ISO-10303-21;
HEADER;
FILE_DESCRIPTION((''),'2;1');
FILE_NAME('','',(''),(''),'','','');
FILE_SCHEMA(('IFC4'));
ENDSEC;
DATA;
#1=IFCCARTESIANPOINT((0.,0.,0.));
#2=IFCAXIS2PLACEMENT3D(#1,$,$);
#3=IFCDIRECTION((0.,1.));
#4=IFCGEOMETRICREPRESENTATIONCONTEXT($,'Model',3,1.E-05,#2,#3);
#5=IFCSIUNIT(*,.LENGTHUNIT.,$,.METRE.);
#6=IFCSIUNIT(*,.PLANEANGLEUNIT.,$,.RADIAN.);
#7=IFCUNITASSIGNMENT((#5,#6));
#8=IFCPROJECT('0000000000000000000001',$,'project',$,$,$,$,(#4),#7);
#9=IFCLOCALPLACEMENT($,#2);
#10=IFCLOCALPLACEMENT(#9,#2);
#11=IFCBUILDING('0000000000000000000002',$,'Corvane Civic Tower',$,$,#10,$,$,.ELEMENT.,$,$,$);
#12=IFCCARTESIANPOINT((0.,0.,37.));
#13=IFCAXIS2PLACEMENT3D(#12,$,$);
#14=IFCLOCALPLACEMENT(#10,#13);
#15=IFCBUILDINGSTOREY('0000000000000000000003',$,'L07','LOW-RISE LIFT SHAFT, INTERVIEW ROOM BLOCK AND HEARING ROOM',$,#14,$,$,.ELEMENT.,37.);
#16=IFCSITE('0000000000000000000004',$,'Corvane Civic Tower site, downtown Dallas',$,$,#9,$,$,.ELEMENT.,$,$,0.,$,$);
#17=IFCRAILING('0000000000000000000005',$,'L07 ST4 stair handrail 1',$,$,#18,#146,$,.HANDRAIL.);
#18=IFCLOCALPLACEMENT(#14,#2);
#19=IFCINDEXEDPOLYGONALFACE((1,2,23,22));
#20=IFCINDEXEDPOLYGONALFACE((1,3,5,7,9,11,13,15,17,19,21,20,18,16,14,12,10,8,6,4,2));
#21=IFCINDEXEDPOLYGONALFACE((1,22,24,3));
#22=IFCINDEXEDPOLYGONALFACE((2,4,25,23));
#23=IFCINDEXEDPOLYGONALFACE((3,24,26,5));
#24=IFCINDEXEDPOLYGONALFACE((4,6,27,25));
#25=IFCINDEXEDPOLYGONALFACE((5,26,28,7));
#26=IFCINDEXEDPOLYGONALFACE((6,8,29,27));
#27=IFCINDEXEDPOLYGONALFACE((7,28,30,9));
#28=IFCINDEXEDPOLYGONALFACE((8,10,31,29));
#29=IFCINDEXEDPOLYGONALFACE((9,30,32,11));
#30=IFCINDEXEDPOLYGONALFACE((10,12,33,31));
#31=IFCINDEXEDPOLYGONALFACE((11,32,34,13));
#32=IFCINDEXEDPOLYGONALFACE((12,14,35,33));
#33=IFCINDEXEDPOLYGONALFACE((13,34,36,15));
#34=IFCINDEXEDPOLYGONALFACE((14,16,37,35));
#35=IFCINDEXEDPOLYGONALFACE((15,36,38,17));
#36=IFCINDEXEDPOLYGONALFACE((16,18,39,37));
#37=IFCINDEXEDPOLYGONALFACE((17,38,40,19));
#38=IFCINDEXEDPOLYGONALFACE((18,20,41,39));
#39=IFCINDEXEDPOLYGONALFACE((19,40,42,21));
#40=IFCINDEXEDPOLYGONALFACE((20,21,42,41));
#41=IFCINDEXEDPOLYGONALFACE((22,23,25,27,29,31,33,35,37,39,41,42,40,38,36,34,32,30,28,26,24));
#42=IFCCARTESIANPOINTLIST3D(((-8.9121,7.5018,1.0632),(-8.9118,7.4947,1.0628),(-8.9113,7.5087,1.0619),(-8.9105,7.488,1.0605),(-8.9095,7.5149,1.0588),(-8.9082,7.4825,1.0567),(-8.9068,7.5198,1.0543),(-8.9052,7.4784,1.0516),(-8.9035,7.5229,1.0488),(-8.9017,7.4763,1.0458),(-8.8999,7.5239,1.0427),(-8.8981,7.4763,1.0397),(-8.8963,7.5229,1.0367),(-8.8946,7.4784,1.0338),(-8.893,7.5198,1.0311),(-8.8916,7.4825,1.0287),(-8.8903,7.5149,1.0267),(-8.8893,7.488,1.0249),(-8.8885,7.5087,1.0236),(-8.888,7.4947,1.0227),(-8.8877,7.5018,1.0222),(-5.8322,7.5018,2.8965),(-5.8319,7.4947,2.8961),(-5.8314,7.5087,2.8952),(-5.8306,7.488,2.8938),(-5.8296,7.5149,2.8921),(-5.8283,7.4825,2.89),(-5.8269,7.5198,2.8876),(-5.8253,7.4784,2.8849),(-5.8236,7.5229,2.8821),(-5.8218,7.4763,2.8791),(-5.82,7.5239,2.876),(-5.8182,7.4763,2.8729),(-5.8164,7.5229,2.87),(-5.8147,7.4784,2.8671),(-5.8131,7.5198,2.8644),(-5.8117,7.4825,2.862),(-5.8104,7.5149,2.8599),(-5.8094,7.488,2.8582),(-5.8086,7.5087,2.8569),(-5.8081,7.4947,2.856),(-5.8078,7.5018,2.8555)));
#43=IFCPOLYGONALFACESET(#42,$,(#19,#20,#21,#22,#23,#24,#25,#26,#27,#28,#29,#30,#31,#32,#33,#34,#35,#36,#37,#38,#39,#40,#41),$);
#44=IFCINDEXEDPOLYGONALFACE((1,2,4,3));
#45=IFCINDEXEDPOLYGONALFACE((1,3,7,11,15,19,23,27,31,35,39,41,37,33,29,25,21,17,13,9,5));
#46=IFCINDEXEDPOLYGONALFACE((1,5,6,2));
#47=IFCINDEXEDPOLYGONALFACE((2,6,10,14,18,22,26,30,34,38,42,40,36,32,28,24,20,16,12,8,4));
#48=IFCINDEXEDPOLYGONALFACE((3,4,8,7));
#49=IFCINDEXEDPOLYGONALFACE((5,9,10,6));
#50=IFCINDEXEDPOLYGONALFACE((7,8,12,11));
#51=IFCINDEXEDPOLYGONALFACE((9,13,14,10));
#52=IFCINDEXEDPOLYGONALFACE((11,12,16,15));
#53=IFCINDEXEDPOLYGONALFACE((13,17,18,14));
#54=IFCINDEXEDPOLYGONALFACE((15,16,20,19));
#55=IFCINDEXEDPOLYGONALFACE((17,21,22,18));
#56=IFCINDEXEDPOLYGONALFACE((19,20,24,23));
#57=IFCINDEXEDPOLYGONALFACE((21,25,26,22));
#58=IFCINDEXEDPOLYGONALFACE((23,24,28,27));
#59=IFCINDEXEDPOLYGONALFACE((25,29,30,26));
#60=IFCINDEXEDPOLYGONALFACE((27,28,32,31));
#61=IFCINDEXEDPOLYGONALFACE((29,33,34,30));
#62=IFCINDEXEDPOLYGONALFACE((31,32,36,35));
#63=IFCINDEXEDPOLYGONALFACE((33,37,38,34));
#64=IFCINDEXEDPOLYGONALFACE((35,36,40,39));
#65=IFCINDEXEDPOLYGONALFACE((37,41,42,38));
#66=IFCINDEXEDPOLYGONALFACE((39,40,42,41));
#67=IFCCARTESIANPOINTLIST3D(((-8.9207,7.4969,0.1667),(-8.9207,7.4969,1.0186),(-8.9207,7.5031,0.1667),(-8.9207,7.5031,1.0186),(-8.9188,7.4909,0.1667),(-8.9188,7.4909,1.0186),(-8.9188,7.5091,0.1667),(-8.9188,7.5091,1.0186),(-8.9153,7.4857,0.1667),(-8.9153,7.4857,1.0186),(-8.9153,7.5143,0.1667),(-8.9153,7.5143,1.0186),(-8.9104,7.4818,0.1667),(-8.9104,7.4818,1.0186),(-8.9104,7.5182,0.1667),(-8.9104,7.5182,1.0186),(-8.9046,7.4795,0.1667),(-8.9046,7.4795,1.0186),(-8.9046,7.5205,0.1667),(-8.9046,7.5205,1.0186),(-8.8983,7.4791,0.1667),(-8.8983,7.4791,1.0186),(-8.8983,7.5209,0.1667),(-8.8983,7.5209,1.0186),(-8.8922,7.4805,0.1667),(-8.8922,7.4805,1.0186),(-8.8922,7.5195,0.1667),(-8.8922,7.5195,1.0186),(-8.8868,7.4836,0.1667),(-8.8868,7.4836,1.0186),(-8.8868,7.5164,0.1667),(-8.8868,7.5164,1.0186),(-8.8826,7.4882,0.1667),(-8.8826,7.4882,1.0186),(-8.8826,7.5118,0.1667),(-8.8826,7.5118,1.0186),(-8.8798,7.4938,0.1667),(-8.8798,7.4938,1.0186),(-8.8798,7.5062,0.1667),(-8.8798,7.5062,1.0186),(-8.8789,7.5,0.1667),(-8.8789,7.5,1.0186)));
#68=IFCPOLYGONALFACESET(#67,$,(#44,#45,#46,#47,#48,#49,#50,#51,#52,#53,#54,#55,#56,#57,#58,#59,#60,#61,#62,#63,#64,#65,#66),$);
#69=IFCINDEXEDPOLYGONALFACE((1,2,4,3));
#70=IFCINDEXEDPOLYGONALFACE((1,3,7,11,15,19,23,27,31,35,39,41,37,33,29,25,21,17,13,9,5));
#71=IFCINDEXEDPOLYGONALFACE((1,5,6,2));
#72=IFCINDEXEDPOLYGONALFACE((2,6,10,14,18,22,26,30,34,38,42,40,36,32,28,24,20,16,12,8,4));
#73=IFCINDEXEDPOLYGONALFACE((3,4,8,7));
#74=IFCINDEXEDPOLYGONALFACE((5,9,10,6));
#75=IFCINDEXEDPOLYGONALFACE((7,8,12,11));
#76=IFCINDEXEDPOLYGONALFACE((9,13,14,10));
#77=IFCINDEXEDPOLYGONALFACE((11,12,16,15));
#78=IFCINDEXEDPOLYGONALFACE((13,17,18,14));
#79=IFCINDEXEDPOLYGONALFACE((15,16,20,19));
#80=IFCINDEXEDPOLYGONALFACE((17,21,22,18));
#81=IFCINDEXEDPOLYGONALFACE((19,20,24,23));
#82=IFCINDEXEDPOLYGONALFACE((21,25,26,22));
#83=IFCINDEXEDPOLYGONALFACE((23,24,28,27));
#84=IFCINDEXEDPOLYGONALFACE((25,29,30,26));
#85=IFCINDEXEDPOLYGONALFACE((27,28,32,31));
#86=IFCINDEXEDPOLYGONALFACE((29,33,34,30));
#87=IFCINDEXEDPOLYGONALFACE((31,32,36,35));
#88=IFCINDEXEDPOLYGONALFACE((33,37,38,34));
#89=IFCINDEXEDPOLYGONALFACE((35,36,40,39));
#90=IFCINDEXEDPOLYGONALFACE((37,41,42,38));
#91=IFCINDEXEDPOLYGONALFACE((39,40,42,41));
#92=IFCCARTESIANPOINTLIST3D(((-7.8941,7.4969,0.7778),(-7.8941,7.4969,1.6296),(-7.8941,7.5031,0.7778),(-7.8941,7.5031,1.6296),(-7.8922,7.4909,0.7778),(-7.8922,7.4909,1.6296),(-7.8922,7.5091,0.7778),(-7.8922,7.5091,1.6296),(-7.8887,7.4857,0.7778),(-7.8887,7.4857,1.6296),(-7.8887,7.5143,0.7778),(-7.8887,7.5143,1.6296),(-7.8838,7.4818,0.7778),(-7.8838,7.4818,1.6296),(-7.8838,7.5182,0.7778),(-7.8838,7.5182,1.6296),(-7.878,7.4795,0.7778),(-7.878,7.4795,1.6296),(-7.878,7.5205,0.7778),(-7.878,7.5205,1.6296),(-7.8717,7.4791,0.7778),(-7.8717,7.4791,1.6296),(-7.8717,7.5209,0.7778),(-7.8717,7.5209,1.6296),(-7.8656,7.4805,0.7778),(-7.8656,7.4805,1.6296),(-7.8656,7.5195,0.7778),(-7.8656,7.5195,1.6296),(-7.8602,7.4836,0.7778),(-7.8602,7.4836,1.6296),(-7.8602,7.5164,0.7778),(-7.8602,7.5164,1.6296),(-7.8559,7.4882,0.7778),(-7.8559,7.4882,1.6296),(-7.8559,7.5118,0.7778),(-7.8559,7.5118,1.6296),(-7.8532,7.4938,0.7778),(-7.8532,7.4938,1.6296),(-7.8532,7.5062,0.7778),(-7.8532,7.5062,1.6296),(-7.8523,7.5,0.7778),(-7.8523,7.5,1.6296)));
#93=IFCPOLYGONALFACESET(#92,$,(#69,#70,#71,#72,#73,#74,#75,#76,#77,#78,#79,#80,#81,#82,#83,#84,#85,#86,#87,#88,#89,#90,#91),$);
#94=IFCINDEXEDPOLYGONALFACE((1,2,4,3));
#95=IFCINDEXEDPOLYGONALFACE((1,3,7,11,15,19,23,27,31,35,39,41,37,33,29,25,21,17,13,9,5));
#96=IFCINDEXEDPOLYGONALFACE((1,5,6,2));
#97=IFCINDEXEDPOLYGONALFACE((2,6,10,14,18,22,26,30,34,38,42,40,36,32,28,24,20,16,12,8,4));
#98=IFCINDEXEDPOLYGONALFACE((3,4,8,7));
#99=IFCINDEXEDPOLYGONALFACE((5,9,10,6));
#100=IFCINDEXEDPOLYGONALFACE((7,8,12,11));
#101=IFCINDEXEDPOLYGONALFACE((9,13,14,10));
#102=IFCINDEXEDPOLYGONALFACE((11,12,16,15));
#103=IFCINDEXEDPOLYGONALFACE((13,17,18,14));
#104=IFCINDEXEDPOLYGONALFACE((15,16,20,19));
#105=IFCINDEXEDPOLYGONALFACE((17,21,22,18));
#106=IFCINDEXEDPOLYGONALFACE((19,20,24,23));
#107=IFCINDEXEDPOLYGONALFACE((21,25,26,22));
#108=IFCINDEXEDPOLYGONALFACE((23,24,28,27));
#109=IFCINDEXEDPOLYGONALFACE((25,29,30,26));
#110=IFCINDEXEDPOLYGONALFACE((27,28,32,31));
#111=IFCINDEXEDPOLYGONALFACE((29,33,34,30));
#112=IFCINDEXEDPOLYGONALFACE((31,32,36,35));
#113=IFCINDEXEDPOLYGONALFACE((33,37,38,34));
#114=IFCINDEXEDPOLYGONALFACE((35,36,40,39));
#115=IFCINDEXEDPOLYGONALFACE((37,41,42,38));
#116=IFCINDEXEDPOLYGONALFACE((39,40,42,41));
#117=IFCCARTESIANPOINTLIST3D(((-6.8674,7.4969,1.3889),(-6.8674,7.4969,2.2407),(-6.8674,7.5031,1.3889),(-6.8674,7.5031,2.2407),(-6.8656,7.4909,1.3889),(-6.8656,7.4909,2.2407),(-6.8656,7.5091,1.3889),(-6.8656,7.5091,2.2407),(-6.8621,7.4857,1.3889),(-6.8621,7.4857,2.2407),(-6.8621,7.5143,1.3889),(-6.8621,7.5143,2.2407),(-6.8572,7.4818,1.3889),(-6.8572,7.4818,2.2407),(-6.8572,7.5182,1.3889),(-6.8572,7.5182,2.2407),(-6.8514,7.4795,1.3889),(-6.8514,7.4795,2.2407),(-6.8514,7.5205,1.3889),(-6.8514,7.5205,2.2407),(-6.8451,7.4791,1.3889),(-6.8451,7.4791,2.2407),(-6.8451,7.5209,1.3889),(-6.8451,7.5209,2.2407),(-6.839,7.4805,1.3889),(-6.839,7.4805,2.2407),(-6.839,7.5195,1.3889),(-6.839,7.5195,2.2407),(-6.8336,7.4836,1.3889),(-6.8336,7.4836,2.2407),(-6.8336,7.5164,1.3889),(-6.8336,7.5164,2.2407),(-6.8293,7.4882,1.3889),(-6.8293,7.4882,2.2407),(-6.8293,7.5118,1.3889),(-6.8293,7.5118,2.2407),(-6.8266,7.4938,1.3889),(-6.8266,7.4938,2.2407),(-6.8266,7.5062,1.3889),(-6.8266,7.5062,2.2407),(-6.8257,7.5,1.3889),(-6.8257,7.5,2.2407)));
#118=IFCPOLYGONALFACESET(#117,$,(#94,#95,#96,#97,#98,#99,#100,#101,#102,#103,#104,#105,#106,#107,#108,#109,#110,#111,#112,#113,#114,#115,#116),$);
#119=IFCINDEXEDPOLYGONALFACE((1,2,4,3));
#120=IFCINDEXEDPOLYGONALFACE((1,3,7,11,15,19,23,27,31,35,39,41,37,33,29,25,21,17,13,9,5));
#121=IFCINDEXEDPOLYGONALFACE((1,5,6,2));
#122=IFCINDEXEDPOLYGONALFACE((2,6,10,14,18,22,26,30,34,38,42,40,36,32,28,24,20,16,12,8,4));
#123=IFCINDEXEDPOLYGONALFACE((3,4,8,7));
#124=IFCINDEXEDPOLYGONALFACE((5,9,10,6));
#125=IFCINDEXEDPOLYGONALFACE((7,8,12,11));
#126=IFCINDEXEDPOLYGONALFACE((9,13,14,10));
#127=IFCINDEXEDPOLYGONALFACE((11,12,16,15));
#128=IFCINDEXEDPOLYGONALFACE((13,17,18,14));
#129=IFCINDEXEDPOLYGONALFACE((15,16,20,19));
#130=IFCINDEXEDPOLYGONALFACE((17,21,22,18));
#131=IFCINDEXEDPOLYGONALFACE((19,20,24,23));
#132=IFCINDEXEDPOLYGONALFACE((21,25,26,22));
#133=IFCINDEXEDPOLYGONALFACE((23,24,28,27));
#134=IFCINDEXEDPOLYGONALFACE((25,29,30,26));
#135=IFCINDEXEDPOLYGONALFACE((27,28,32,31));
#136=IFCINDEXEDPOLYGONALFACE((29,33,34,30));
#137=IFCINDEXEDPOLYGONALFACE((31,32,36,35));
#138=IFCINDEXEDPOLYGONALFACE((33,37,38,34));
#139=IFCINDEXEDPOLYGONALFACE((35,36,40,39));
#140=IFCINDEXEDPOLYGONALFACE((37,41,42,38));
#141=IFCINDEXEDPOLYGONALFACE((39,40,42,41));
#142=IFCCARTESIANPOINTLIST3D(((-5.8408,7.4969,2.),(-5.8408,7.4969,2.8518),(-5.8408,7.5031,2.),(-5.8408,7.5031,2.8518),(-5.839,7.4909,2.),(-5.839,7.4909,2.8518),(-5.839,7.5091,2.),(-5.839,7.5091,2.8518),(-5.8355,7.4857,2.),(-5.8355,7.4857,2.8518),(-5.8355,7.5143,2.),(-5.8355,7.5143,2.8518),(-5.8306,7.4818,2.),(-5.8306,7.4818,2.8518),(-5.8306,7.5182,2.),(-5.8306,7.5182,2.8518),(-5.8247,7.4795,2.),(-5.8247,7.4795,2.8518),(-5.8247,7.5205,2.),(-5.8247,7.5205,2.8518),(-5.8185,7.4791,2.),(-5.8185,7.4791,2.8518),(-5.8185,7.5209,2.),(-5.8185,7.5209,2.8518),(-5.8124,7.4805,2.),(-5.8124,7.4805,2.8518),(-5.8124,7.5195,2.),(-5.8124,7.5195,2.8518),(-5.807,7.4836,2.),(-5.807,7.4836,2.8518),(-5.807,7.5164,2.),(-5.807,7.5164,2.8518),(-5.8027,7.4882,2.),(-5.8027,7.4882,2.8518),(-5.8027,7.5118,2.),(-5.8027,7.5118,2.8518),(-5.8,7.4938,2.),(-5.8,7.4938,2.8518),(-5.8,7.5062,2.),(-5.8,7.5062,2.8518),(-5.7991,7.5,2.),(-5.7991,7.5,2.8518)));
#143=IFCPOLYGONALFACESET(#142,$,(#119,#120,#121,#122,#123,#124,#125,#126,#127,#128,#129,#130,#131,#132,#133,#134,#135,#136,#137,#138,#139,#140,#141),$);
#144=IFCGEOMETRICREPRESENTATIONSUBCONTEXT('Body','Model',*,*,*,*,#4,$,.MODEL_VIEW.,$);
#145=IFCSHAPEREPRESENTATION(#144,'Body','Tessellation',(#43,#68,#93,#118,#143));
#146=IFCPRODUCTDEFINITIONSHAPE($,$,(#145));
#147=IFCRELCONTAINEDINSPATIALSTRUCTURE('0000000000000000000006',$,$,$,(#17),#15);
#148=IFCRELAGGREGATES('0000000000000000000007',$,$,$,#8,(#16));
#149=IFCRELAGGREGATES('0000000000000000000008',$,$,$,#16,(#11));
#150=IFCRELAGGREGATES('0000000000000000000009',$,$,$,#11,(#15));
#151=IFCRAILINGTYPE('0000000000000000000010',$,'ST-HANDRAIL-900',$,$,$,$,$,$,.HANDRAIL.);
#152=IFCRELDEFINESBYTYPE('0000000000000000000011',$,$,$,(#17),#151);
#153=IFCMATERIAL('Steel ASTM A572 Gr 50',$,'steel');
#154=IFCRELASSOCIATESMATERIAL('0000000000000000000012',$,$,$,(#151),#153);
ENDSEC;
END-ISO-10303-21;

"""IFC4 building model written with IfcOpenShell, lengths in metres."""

from ifc_helpers import new_model, si_unit, direction, frame, origin, origin_2d, place, context, subcontext, project, spatial, circle, extrude, material, type_object, element, save


model = new_model("IFC4")

# Units and contexts
model_context = context("Model", 3, precision=1e-05, world=origin(), true_north=direction((0.0, 1.0)))
body_context = subcontext(model_context, "Body", "Model", "MODEL_VIEW")
ifc_project = project(units=[si_unit("LENGTHUNIT", "METRE"), si_unit("PLANEANGLEUNIT", "RADIAN")], contexts=[model_context])

# Site, building, storey
site_placement = place(None, origin())
site = spatial("IfcSite", under=ifc_project, at=site_placement, Name="Corvane Civic Tower site, downtown Dallas", CompositionType="ELEMENT", RefElevation=0.0)
building_placement = place(site_placement, origin())
building = spatial("IfcBuilding", under=site, at=building_placement, Name="Corvane Civic Tower", CompositionType="ELEMENT")
storey_placement = place(building_placement, frame((0.0, 0.0, 37.0)))
storey = spatial("IfcBuildingStorey", under=building, at=storey_placement, Name="L07", Description="LOW-RISE LIFT SHAFT, INTERVIEW ROOM BLOCK AND HEARING ROOM", CompositionType="ELEMENT", Elevation=37.0)

# Railing
ifc_material_1 = material(Name="Steel ASTM A572 Gr 50", Category="steel")
railing_type = type_object("IfcRailingType", Name="ST-HANDRAIL-900", PredefinedType="HANDRAIL", material=ifc_material_1)
railing_placement = place(storey_placement, frame((-8.8999, 7.5, 0.1667)))
element("IfcRailing", 1, at=railing_placement, inside=storey, type_object=railing_type, Name="L07 ST4 stair handrail 1", PredefinedType="HANDRAIL", context=body_context, shape_type="SweptSolid", body=[
    extrude(circle(Radius=0.0239, at=origin_2d()), frame((0.0, 0.0, 0.876), z_axis=(0.859291, 0.0, 0.511487), x_axis=(0.0, 1.0, 0.0)), (0.0, 0.0, 1.0), 3.5842),
    extrude(circle(Radius=0.021, at=origin_2d()), origin(), (0.0, 0.0, 1.0), 0.8518),
    extrude(circle(Radius=0.021, at=origin_2d()), frame((1.0266, 0.0, 0.6111)), (0.0, 0.0, 1.0), 0.8518),
    extrude(circle(Radius=0.021, at=origin_2d()), frame((2.0532, 0.0, 1.2222)), (0.0, 0.0, 1.0), 0.8518),
    extrude(circle(Radius=0.021, at=origin_2d()), frame((3.0798, 0.0, 1.8333)), (0.0, 0.0, 1.0), 0.8518),
])

save(model, "model.ifc")
